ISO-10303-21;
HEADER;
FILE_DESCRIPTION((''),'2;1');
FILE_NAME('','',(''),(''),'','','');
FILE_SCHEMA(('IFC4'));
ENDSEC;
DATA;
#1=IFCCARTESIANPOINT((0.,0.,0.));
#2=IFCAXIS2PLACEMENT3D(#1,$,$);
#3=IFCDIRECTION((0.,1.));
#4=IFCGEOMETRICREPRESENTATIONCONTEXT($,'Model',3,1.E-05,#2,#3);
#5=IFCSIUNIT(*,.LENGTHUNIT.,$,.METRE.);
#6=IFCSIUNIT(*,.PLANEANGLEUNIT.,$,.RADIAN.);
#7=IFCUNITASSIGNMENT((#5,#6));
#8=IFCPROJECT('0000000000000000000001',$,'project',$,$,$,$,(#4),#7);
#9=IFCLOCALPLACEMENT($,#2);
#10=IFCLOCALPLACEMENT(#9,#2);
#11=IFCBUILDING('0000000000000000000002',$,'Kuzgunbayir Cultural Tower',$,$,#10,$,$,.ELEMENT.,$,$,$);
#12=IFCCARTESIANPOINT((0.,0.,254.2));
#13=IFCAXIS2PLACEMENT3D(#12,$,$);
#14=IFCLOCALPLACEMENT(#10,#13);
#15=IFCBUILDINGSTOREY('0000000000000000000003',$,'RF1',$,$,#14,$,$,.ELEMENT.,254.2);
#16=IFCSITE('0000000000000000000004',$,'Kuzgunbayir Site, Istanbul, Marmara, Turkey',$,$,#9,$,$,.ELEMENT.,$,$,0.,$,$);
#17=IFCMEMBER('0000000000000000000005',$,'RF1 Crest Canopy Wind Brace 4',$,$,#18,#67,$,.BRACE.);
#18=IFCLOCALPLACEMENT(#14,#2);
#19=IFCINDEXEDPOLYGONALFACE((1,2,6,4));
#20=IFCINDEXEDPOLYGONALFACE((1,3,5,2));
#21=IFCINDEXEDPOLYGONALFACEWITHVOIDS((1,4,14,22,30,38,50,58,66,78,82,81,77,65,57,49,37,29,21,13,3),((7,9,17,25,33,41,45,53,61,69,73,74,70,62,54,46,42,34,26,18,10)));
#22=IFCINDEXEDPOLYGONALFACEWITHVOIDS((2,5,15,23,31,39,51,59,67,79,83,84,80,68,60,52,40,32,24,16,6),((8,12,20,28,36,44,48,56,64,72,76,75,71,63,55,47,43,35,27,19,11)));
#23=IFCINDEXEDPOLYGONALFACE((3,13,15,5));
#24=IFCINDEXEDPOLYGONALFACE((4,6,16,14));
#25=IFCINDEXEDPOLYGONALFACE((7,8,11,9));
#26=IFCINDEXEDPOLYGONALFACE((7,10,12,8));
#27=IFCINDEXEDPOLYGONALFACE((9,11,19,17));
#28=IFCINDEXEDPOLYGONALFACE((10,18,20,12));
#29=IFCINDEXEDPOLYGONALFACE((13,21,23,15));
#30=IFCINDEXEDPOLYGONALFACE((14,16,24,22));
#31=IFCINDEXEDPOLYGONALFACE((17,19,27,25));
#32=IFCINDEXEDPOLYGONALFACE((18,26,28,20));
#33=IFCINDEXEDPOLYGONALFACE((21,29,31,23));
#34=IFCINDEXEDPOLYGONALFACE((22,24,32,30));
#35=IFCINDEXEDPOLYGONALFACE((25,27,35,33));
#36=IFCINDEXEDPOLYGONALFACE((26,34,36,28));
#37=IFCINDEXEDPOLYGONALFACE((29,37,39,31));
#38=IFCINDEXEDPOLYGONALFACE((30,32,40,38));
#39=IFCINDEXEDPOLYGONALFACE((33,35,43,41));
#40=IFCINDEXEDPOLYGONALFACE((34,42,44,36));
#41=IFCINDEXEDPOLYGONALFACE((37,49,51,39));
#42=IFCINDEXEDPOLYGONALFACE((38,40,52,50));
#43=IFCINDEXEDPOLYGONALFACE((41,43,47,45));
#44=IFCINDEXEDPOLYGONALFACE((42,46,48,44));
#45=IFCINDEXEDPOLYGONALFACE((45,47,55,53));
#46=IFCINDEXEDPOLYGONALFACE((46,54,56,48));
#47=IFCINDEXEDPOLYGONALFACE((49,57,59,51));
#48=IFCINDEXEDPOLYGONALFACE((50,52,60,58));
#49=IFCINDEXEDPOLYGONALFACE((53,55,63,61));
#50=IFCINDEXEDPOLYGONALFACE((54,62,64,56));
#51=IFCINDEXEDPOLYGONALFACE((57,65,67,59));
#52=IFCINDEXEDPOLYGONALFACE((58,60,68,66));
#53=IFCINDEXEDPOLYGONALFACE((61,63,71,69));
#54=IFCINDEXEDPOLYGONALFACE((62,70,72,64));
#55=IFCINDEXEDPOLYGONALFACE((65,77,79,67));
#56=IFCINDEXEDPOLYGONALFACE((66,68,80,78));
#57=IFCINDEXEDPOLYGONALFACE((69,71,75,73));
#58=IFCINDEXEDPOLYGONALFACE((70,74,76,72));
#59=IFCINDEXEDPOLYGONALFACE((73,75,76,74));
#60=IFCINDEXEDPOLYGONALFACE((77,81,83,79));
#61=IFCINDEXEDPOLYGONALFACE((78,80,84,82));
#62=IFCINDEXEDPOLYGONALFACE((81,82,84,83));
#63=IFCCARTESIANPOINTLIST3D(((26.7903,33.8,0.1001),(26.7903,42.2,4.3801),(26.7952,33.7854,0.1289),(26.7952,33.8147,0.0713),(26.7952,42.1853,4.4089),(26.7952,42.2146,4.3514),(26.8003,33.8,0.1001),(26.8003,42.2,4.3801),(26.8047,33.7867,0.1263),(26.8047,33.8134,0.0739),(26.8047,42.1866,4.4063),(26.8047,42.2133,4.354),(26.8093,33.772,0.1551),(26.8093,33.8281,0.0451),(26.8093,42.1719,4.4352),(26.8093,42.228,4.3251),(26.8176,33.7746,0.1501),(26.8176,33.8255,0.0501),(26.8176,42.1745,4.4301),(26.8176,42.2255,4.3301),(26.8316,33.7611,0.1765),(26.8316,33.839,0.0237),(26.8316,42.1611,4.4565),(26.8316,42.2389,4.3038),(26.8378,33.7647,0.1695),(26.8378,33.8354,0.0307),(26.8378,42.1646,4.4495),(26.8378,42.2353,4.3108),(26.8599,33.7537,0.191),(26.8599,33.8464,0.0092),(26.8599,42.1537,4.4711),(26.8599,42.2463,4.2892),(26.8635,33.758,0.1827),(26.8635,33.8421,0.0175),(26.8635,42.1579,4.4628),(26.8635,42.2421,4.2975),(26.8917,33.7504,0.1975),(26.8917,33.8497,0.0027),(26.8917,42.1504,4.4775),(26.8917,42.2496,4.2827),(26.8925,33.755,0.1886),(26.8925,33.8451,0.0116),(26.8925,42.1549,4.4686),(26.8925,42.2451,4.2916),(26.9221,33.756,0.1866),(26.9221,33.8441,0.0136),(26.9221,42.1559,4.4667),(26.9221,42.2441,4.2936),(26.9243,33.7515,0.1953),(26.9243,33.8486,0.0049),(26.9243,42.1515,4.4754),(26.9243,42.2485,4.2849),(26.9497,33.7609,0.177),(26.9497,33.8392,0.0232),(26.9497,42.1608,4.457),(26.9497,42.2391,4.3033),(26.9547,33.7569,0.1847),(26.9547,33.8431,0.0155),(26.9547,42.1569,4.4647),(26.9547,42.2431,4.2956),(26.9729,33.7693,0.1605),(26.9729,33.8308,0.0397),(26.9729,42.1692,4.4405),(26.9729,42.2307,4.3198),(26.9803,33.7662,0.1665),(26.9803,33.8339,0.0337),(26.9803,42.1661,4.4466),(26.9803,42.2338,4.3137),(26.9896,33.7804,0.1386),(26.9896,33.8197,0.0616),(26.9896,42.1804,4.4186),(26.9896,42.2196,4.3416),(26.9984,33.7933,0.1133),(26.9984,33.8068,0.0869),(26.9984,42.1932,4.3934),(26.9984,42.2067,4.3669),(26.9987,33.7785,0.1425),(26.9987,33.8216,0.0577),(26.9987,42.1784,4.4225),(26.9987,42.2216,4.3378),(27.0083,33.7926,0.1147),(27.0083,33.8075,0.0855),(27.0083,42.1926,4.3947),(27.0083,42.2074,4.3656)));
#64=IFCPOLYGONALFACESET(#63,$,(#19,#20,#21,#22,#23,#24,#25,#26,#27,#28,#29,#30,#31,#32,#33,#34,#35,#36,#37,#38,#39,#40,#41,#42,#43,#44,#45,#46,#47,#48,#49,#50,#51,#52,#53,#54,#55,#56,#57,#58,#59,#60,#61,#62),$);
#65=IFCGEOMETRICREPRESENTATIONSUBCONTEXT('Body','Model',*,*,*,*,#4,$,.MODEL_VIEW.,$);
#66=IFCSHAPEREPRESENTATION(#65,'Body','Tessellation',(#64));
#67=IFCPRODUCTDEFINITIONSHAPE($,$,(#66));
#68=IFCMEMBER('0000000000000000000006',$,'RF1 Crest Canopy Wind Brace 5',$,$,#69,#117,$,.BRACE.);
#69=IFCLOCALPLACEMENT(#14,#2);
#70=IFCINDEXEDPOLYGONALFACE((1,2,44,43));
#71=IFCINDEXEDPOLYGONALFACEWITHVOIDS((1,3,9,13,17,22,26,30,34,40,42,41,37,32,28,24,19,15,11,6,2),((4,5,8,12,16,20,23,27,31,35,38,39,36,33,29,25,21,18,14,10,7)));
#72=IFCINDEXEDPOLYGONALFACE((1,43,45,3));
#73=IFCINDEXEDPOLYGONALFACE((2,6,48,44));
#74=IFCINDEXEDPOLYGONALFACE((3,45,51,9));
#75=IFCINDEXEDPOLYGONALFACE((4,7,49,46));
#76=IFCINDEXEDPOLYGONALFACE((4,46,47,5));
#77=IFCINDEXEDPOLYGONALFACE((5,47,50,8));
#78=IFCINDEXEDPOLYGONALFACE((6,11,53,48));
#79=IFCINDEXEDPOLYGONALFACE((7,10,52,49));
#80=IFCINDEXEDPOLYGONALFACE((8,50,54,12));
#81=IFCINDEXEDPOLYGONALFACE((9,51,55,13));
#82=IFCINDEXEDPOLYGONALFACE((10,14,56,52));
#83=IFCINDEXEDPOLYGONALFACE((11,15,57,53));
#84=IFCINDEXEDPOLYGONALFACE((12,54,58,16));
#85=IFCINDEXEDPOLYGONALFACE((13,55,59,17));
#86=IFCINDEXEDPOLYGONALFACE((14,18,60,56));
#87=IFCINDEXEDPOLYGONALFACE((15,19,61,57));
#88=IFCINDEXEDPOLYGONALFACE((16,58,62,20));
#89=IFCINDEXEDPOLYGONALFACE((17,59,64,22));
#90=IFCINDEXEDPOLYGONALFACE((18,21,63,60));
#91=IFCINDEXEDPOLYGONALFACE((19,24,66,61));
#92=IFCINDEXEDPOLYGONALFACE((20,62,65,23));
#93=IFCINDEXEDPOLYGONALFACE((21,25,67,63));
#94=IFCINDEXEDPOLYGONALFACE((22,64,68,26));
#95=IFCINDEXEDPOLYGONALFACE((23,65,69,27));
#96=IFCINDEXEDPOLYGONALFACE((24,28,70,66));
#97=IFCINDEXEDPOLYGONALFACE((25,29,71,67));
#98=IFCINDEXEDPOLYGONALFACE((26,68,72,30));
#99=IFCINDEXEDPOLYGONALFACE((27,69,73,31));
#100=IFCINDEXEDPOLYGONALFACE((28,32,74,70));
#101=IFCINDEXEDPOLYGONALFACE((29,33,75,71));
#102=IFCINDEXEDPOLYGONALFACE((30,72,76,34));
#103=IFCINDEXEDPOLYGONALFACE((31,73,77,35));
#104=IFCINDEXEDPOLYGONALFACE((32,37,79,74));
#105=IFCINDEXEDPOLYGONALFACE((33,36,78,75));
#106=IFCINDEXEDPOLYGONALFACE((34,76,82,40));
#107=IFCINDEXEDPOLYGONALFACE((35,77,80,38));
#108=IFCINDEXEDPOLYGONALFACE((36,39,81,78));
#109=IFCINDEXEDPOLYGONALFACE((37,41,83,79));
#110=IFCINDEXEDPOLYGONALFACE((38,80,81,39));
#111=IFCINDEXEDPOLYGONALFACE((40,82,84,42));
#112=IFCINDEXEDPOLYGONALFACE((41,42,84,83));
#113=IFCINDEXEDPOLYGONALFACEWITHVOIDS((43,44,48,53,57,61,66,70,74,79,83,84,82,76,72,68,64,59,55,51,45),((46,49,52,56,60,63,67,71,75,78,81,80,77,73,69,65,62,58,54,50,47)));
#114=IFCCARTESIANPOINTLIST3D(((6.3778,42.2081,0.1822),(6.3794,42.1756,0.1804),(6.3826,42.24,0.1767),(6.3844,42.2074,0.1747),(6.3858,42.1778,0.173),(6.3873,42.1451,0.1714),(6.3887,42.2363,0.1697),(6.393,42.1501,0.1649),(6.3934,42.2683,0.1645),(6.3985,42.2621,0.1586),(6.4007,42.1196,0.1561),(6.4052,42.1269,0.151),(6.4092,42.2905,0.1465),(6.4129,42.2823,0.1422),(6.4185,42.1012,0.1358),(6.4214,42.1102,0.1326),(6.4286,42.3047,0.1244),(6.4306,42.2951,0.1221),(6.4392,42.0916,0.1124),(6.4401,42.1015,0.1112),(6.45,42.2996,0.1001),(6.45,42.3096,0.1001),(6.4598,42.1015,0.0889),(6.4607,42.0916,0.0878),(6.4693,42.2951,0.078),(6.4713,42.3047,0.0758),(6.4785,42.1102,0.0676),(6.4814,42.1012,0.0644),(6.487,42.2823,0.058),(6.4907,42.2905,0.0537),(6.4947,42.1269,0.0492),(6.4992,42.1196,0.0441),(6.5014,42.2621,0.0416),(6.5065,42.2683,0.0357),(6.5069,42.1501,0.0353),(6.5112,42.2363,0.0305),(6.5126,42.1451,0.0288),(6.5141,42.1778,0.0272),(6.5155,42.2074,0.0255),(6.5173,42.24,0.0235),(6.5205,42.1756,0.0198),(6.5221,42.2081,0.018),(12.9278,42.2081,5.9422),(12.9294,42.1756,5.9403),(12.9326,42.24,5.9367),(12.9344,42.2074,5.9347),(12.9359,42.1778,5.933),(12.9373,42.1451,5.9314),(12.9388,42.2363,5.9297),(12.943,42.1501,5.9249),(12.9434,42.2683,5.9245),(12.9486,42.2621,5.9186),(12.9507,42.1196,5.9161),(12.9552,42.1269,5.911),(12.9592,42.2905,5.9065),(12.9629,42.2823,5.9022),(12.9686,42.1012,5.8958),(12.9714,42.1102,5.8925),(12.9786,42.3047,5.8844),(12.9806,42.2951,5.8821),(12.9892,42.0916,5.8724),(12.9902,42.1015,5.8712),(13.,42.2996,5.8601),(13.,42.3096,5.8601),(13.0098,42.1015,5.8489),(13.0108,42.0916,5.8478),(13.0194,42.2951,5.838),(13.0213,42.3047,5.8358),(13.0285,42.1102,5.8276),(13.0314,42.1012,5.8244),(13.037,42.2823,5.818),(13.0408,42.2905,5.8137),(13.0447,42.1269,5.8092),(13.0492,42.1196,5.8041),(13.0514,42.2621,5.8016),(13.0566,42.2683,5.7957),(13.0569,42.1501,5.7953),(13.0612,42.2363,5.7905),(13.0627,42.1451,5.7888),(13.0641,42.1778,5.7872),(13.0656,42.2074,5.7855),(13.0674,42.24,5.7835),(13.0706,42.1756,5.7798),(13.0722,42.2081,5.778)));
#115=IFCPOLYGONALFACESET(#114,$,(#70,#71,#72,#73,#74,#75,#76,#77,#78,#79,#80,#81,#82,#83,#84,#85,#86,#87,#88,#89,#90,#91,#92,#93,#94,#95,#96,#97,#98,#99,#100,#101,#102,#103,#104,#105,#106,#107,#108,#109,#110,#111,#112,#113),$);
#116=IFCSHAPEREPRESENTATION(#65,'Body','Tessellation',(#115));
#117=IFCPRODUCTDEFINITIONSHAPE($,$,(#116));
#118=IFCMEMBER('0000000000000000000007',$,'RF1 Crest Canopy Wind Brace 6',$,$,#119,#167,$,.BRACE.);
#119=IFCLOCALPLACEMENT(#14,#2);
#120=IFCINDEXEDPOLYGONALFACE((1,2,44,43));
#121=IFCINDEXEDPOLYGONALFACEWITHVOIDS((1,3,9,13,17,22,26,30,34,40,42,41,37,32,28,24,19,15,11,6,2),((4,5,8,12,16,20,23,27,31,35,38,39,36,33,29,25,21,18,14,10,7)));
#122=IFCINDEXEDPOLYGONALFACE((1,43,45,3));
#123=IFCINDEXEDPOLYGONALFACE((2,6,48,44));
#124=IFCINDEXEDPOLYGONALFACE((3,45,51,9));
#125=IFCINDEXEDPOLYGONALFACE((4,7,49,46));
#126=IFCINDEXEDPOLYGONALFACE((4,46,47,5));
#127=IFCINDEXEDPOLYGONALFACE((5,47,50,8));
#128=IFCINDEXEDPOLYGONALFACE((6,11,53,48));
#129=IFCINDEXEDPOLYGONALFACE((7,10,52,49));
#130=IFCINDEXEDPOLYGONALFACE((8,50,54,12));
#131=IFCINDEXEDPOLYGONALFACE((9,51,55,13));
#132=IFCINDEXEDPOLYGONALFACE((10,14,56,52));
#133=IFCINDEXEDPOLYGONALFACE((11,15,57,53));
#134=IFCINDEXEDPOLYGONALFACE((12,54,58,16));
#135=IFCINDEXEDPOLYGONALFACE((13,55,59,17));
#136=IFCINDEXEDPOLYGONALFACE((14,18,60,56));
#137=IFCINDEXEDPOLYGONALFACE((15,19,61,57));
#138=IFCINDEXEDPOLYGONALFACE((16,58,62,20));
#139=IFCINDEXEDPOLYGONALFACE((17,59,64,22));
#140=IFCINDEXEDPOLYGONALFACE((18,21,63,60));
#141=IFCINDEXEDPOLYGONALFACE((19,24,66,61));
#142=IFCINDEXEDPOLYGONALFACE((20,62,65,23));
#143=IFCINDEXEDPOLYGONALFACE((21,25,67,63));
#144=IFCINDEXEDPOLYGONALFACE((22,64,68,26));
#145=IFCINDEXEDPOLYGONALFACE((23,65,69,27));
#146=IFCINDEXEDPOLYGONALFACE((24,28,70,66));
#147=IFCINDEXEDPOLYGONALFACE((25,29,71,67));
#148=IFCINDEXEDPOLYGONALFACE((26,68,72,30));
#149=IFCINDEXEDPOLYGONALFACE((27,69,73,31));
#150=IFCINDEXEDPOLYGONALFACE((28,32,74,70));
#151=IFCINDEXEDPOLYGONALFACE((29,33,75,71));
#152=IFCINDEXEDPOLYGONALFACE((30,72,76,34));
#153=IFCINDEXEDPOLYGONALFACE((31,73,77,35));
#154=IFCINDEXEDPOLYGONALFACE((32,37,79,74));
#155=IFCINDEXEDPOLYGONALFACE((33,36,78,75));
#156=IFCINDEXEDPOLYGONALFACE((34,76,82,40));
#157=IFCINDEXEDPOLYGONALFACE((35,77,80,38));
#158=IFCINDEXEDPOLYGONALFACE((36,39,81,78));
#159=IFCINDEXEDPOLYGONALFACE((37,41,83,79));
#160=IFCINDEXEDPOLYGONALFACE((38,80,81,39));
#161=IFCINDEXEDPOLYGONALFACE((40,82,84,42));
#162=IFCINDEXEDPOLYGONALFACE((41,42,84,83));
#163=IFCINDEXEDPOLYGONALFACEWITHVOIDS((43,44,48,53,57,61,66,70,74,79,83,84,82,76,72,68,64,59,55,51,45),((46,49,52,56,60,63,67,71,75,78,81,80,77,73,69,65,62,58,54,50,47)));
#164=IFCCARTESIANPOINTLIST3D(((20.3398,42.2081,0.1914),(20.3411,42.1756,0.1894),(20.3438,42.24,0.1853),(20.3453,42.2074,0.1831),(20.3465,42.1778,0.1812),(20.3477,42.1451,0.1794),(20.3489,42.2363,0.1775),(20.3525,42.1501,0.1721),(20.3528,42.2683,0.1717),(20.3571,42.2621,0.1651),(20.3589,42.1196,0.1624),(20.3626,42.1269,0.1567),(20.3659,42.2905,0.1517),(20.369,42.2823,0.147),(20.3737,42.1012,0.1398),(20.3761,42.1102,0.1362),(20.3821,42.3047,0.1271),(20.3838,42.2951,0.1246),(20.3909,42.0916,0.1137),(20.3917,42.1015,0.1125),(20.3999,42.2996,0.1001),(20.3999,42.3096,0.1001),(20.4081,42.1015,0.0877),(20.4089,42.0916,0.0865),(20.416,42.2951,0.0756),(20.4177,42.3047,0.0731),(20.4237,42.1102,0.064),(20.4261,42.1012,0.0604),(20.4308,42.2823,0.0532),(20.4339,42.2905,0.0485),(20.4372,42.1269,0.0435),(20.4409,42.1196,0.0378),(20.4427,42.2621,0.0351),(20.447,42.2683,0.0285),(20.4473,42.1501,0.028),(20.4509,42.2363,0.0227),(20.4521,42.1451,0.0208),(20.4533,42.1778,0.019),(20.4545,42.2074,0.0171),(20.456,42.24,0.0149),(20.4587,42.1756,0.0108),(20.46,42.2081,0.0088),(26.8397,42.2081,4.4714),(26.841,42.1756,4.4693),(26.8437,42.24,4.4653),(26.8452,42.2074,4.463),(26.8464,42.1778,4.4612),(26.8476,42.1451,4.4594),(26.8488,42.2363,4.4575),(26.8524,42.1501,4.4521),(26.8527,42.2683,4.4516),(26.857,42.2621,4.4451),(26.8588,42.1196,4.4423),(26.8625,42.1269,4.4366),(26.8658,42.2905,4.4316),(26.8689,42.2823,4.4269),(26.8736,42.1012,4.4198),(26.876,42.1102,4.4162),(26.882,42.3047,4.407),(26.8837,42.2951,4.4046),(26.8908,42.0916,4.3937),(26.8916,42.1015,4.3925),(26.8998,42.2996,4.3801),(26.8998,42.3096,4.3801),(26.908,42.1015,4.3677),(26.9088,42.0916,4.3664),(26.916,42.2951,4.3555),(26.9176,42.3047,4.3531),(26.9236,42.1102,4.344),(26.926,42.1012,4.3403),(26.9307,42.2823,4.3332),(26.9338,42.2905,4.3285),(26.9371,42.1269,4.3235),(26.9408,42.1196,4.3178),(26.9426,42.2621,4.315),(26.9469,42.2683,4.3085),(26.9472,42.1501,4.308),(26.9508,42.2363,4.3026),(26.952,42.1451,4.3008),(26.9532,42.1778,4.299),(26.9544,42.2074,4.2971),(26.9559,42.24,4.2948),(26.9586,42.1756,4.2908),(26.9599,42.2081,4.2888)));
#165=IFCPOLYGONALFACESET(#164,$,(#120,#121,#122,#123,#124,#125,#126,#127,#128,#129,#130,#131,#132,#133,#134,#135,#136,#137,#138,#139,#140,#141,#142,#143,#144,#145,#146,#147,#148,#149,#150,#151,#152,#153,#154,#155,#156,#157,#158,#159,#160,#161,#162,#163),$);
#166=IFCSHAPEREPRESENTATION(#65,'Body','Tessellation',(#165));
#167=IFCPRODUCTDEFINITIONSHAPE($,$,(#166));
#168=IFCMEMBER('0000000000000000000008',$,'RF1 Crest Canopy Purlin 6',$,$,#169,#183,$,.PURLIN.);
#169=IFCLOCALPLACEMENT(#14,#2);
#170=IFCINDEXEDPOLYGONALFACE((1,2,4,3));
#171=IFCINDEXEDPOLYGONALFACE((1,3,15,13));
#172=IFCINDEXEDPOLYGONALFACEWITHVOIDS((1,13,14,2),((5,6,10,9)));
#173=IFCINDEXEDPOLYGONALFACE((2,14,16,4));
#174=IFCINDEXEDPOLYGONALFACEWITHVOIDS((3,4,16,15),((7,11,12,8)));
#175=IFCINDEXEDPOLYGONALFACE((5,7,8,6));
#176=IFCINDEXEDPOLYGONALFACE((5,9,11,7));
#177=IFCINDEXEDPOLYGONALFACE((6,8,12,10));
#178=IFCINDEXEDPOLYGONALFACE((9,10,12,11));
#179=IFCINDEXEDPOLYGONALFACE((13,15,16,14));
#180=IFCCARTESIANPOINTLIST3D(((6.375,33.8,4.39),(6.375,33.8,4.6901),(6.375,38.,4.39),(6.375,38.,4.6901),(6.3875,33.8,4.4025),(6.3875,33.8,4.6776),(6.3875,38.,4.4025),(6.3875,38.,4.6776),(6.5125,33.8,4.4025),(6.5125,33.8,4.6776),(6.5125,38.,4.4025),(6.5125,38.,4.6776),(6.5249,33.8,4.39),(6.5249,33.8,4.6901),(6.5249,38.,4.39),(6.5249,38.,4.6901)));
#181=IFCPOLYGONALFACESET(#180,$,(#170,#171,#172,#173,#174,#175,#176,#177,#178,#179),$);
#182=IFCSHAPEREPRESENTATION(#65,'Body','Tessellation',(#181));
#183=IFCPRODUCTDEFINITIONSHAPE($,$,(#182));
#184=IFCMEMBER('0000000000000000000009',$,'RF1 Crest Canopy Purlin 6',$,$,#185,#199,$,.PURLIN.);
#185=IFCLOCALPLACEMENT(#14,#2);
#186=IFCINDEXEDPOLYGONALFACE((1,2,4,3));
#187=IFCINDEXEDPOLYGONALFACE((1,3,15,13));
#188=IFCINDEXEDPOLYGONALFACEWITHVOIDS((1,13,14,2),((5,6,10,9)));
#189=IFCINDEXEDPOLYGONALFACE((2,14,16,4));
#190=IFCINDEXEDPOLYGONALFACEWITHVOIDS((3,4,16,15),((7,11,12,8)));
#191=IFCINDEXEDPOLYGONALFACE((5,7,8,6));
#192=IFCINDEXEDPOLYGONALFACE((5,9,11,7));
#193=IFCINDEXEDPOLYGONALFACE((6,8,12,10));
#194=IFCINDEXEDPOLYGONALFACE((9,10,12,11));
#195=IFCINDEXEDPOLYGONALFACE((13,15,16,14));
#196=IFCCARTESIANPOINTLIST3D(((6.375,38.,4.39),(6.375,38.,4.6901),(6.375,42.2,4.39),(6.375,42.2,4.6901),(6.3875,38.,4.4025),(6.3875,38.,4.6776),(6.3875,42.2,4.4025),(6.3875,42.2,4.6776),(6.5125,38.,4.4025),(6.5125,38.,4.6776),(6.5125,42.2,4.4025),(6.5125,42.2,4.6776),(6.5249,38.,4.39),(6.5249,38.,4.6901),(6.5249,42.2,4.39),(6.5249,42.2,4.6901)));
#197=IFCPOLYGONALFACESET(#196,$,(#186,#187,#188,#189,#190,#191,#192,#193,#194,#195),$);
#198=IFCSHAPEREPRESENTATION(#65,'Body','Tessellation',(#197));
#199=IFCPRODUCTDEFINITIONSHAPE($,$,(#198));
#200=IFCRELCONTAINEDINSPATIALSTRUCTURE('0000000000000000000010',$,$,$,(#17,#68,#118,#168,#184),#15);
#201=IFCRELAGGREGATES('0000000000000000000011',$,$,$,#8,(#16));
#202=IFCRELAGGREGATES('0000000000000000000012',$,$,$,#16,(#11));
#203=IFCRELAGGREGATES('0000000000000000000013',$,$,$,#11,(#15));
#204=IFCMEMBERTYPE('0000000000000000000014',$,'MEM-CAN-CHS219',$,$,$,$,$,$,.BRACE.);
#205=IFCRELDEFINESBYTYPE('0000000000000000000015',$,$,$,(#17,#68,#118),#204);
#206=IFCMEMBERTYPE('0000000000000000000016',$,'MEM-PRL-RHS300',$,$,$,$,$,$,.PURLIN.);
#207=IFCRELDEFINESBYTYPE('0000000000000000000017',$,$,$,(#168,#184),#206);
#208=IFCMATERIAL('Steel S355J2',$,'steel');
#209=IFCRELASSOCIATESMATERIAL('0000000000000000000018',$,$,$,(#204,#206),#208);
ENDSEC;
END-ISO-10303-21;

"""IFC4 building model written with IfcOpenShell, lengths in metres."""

from ifc_helpers import new_model, si_unit, direction, frame, origin, origin_2d, place, context, subcontext, project, spatial, hollow_rectangle, hollow_circle, extrude, material, material_profile, profile_set, type_object, element, save


model = new_model("IFC4")

# Units and contexts
model_context = context("Model", 3, precision=1e-05, world=origin(), true_north=direction((0.0, 1.0)))
body_context = subcontext(model_context, "Body", "Model", "MODEL_VIEW")
ifc_project = project(units=[si_unit("LENGTHUNIT", "METRE"), si_unit("PLANEANGLEUNIT", "RADIAN")], contexts=[model_context])

# Site, building, storey
site_placement = place(None, origin())
site = spatial("IfcSite", under=ifc_project, at=site_placement, Name="Kuzgunbayir Site, Istanbul, Marmara, Turkey", CompositionType="ELEMENT", RefElevation=0.0)
building_placement = place(site_placement, origin())
building = spatial("IfcBuilding", under=site, at=building_placement, Name="Kuzgunbayir Cultural Tower", CompositionType="ELEMENT")
storey_placement = place(building_placement, frame((0.0, 0.0, 254.2)))
storey = spatial("IfcBuildingStorey", under=building, at=storey_placement, Name="RF1", CompositionType="ELEMENT", Elevation=254.2)

# Shared definitions
ifc_material_1 = material(Name="Steel S355J2", Category="steel")

# Members
ifc_material_profile_1 = material_profile(ifc_material_1, hollow_circle(Radius=0.1096, WallThickness=0.01, at=origin_2d()), Name="CHS 219.1x10")
ifc_profile_set_1 = profile_set([ifc_material_profile_1], Name="Steel S355J2")
member_type_1 = type_object("IfcMemberType", Name="MEM-CAN-CHS219", PredefinedType="BRACE", material=ifc_profile_set_1)
member_1_placement = place(storey_placement, frame((26.8999, 33.8, 0.1001), z_axis=(0.0, 0.891004, 0.453996), x_axis=(-1.0, 0.0, 0.0)))
element("IfcMember", 1, at=member_1_placement, inside=storey, type_object=member_type_1, Name="RF1 Crest Canopy Wind Brace 4", PredefinedType="BRACE", context=body_context, shape_type="SweptSolid", body=[
    extrude(hollow_circle(Radius=0.1096, WallThickness=0.01, at=origin_2d()), origin(), (0.0, 0.0, 1.0), 9.4275),
])
member_2_placement = place(storey_placement, frame((6.45, 42.2, 0.1001), z_axis=(0.750943, 0.0, 0.660367), x_axis=(0.0, 1.0, 0.0)))
element("IfcMember", 2, at=member_2_placement, inside=storey, type_object=member_type_1, Name="RF1 Crest Canopy Wind Brace 5", PredefinedType="BRACE", context=body_context, shape_type="SweptSolid", body=[
    extrude(hollow_circle(Radius=0.1096, WallThickness=0.01, at=origin_2d()), origin(), (0.0, 0.0, 1.0), 8.7224),
])
member_3_placement = place(storey_placement, frame((20.3999, 42.2, 0.1001), z_axis=(0.835198, 0.0, 0.549949), x_axis=(0.0, 1.0, 0.0)))
element("IfcMember", 3, at=member_3_placement, inside=storey, type_object=member_type_1, Name="RF1 Crest Canopy Wind Brace 6", PredefinedType="BRACE", context=body_context, shape_type="SweptSolid", body=[
    extrude(hollow_circle(Radius=0.1096, WallThickness=0.01, at=origin_2d()), origin(), (0.0, 0.0, 1.0), 7.7825),
])
ifc_material_profile_2 = material_profile(ifc_material_1, hollow_rectangle(XDim=0.1499, YDim=0.3, WallThickness=0.0125, at=origin_2d()), Name="RHS 300x150x12.5")
ifc_profile_set_2 = profile_set([ifc_material_profile_2], Name="Steel S355J2")
member_type_2 = type_object("IfcMemberType", Name="MEM-PRL-RHS300", PredefinedType="PURLIN", material=ifc_profile_set_2)
for number, where, z_axis, x_axis, name in (
    (4, (6.45, 33.8, 4.54), (0.0, 1.0, 0.0), (-1.0, 0.0, 0.0), "RF1 Crest Canopy Purlin 6"),
    (5, (6.45, 38.0, 4.54), (0.0, 1.0, 0.0), (-1.0, 0.0, 0.0), "RF1 Crest Canopy Purlin 6"),
):
    element("IfcMember", number, at=place(storey_placement, frame(where, z_axis=z_axis, x_axis=x_axis)), inside=storey, type_object=member_type_2, Name=name, PredefinedType="PURLIN", context=body_context, shape_type="SweptSolid", body=[
        extrude(hollow_rectangle(XDim=0.1499, YDim=0.3, WallThickness=0.0125, at=origin_2d()), origin(), (0.0, 0.0, 1.0), 4.2),
    ])

save(model, "model.ifc")
